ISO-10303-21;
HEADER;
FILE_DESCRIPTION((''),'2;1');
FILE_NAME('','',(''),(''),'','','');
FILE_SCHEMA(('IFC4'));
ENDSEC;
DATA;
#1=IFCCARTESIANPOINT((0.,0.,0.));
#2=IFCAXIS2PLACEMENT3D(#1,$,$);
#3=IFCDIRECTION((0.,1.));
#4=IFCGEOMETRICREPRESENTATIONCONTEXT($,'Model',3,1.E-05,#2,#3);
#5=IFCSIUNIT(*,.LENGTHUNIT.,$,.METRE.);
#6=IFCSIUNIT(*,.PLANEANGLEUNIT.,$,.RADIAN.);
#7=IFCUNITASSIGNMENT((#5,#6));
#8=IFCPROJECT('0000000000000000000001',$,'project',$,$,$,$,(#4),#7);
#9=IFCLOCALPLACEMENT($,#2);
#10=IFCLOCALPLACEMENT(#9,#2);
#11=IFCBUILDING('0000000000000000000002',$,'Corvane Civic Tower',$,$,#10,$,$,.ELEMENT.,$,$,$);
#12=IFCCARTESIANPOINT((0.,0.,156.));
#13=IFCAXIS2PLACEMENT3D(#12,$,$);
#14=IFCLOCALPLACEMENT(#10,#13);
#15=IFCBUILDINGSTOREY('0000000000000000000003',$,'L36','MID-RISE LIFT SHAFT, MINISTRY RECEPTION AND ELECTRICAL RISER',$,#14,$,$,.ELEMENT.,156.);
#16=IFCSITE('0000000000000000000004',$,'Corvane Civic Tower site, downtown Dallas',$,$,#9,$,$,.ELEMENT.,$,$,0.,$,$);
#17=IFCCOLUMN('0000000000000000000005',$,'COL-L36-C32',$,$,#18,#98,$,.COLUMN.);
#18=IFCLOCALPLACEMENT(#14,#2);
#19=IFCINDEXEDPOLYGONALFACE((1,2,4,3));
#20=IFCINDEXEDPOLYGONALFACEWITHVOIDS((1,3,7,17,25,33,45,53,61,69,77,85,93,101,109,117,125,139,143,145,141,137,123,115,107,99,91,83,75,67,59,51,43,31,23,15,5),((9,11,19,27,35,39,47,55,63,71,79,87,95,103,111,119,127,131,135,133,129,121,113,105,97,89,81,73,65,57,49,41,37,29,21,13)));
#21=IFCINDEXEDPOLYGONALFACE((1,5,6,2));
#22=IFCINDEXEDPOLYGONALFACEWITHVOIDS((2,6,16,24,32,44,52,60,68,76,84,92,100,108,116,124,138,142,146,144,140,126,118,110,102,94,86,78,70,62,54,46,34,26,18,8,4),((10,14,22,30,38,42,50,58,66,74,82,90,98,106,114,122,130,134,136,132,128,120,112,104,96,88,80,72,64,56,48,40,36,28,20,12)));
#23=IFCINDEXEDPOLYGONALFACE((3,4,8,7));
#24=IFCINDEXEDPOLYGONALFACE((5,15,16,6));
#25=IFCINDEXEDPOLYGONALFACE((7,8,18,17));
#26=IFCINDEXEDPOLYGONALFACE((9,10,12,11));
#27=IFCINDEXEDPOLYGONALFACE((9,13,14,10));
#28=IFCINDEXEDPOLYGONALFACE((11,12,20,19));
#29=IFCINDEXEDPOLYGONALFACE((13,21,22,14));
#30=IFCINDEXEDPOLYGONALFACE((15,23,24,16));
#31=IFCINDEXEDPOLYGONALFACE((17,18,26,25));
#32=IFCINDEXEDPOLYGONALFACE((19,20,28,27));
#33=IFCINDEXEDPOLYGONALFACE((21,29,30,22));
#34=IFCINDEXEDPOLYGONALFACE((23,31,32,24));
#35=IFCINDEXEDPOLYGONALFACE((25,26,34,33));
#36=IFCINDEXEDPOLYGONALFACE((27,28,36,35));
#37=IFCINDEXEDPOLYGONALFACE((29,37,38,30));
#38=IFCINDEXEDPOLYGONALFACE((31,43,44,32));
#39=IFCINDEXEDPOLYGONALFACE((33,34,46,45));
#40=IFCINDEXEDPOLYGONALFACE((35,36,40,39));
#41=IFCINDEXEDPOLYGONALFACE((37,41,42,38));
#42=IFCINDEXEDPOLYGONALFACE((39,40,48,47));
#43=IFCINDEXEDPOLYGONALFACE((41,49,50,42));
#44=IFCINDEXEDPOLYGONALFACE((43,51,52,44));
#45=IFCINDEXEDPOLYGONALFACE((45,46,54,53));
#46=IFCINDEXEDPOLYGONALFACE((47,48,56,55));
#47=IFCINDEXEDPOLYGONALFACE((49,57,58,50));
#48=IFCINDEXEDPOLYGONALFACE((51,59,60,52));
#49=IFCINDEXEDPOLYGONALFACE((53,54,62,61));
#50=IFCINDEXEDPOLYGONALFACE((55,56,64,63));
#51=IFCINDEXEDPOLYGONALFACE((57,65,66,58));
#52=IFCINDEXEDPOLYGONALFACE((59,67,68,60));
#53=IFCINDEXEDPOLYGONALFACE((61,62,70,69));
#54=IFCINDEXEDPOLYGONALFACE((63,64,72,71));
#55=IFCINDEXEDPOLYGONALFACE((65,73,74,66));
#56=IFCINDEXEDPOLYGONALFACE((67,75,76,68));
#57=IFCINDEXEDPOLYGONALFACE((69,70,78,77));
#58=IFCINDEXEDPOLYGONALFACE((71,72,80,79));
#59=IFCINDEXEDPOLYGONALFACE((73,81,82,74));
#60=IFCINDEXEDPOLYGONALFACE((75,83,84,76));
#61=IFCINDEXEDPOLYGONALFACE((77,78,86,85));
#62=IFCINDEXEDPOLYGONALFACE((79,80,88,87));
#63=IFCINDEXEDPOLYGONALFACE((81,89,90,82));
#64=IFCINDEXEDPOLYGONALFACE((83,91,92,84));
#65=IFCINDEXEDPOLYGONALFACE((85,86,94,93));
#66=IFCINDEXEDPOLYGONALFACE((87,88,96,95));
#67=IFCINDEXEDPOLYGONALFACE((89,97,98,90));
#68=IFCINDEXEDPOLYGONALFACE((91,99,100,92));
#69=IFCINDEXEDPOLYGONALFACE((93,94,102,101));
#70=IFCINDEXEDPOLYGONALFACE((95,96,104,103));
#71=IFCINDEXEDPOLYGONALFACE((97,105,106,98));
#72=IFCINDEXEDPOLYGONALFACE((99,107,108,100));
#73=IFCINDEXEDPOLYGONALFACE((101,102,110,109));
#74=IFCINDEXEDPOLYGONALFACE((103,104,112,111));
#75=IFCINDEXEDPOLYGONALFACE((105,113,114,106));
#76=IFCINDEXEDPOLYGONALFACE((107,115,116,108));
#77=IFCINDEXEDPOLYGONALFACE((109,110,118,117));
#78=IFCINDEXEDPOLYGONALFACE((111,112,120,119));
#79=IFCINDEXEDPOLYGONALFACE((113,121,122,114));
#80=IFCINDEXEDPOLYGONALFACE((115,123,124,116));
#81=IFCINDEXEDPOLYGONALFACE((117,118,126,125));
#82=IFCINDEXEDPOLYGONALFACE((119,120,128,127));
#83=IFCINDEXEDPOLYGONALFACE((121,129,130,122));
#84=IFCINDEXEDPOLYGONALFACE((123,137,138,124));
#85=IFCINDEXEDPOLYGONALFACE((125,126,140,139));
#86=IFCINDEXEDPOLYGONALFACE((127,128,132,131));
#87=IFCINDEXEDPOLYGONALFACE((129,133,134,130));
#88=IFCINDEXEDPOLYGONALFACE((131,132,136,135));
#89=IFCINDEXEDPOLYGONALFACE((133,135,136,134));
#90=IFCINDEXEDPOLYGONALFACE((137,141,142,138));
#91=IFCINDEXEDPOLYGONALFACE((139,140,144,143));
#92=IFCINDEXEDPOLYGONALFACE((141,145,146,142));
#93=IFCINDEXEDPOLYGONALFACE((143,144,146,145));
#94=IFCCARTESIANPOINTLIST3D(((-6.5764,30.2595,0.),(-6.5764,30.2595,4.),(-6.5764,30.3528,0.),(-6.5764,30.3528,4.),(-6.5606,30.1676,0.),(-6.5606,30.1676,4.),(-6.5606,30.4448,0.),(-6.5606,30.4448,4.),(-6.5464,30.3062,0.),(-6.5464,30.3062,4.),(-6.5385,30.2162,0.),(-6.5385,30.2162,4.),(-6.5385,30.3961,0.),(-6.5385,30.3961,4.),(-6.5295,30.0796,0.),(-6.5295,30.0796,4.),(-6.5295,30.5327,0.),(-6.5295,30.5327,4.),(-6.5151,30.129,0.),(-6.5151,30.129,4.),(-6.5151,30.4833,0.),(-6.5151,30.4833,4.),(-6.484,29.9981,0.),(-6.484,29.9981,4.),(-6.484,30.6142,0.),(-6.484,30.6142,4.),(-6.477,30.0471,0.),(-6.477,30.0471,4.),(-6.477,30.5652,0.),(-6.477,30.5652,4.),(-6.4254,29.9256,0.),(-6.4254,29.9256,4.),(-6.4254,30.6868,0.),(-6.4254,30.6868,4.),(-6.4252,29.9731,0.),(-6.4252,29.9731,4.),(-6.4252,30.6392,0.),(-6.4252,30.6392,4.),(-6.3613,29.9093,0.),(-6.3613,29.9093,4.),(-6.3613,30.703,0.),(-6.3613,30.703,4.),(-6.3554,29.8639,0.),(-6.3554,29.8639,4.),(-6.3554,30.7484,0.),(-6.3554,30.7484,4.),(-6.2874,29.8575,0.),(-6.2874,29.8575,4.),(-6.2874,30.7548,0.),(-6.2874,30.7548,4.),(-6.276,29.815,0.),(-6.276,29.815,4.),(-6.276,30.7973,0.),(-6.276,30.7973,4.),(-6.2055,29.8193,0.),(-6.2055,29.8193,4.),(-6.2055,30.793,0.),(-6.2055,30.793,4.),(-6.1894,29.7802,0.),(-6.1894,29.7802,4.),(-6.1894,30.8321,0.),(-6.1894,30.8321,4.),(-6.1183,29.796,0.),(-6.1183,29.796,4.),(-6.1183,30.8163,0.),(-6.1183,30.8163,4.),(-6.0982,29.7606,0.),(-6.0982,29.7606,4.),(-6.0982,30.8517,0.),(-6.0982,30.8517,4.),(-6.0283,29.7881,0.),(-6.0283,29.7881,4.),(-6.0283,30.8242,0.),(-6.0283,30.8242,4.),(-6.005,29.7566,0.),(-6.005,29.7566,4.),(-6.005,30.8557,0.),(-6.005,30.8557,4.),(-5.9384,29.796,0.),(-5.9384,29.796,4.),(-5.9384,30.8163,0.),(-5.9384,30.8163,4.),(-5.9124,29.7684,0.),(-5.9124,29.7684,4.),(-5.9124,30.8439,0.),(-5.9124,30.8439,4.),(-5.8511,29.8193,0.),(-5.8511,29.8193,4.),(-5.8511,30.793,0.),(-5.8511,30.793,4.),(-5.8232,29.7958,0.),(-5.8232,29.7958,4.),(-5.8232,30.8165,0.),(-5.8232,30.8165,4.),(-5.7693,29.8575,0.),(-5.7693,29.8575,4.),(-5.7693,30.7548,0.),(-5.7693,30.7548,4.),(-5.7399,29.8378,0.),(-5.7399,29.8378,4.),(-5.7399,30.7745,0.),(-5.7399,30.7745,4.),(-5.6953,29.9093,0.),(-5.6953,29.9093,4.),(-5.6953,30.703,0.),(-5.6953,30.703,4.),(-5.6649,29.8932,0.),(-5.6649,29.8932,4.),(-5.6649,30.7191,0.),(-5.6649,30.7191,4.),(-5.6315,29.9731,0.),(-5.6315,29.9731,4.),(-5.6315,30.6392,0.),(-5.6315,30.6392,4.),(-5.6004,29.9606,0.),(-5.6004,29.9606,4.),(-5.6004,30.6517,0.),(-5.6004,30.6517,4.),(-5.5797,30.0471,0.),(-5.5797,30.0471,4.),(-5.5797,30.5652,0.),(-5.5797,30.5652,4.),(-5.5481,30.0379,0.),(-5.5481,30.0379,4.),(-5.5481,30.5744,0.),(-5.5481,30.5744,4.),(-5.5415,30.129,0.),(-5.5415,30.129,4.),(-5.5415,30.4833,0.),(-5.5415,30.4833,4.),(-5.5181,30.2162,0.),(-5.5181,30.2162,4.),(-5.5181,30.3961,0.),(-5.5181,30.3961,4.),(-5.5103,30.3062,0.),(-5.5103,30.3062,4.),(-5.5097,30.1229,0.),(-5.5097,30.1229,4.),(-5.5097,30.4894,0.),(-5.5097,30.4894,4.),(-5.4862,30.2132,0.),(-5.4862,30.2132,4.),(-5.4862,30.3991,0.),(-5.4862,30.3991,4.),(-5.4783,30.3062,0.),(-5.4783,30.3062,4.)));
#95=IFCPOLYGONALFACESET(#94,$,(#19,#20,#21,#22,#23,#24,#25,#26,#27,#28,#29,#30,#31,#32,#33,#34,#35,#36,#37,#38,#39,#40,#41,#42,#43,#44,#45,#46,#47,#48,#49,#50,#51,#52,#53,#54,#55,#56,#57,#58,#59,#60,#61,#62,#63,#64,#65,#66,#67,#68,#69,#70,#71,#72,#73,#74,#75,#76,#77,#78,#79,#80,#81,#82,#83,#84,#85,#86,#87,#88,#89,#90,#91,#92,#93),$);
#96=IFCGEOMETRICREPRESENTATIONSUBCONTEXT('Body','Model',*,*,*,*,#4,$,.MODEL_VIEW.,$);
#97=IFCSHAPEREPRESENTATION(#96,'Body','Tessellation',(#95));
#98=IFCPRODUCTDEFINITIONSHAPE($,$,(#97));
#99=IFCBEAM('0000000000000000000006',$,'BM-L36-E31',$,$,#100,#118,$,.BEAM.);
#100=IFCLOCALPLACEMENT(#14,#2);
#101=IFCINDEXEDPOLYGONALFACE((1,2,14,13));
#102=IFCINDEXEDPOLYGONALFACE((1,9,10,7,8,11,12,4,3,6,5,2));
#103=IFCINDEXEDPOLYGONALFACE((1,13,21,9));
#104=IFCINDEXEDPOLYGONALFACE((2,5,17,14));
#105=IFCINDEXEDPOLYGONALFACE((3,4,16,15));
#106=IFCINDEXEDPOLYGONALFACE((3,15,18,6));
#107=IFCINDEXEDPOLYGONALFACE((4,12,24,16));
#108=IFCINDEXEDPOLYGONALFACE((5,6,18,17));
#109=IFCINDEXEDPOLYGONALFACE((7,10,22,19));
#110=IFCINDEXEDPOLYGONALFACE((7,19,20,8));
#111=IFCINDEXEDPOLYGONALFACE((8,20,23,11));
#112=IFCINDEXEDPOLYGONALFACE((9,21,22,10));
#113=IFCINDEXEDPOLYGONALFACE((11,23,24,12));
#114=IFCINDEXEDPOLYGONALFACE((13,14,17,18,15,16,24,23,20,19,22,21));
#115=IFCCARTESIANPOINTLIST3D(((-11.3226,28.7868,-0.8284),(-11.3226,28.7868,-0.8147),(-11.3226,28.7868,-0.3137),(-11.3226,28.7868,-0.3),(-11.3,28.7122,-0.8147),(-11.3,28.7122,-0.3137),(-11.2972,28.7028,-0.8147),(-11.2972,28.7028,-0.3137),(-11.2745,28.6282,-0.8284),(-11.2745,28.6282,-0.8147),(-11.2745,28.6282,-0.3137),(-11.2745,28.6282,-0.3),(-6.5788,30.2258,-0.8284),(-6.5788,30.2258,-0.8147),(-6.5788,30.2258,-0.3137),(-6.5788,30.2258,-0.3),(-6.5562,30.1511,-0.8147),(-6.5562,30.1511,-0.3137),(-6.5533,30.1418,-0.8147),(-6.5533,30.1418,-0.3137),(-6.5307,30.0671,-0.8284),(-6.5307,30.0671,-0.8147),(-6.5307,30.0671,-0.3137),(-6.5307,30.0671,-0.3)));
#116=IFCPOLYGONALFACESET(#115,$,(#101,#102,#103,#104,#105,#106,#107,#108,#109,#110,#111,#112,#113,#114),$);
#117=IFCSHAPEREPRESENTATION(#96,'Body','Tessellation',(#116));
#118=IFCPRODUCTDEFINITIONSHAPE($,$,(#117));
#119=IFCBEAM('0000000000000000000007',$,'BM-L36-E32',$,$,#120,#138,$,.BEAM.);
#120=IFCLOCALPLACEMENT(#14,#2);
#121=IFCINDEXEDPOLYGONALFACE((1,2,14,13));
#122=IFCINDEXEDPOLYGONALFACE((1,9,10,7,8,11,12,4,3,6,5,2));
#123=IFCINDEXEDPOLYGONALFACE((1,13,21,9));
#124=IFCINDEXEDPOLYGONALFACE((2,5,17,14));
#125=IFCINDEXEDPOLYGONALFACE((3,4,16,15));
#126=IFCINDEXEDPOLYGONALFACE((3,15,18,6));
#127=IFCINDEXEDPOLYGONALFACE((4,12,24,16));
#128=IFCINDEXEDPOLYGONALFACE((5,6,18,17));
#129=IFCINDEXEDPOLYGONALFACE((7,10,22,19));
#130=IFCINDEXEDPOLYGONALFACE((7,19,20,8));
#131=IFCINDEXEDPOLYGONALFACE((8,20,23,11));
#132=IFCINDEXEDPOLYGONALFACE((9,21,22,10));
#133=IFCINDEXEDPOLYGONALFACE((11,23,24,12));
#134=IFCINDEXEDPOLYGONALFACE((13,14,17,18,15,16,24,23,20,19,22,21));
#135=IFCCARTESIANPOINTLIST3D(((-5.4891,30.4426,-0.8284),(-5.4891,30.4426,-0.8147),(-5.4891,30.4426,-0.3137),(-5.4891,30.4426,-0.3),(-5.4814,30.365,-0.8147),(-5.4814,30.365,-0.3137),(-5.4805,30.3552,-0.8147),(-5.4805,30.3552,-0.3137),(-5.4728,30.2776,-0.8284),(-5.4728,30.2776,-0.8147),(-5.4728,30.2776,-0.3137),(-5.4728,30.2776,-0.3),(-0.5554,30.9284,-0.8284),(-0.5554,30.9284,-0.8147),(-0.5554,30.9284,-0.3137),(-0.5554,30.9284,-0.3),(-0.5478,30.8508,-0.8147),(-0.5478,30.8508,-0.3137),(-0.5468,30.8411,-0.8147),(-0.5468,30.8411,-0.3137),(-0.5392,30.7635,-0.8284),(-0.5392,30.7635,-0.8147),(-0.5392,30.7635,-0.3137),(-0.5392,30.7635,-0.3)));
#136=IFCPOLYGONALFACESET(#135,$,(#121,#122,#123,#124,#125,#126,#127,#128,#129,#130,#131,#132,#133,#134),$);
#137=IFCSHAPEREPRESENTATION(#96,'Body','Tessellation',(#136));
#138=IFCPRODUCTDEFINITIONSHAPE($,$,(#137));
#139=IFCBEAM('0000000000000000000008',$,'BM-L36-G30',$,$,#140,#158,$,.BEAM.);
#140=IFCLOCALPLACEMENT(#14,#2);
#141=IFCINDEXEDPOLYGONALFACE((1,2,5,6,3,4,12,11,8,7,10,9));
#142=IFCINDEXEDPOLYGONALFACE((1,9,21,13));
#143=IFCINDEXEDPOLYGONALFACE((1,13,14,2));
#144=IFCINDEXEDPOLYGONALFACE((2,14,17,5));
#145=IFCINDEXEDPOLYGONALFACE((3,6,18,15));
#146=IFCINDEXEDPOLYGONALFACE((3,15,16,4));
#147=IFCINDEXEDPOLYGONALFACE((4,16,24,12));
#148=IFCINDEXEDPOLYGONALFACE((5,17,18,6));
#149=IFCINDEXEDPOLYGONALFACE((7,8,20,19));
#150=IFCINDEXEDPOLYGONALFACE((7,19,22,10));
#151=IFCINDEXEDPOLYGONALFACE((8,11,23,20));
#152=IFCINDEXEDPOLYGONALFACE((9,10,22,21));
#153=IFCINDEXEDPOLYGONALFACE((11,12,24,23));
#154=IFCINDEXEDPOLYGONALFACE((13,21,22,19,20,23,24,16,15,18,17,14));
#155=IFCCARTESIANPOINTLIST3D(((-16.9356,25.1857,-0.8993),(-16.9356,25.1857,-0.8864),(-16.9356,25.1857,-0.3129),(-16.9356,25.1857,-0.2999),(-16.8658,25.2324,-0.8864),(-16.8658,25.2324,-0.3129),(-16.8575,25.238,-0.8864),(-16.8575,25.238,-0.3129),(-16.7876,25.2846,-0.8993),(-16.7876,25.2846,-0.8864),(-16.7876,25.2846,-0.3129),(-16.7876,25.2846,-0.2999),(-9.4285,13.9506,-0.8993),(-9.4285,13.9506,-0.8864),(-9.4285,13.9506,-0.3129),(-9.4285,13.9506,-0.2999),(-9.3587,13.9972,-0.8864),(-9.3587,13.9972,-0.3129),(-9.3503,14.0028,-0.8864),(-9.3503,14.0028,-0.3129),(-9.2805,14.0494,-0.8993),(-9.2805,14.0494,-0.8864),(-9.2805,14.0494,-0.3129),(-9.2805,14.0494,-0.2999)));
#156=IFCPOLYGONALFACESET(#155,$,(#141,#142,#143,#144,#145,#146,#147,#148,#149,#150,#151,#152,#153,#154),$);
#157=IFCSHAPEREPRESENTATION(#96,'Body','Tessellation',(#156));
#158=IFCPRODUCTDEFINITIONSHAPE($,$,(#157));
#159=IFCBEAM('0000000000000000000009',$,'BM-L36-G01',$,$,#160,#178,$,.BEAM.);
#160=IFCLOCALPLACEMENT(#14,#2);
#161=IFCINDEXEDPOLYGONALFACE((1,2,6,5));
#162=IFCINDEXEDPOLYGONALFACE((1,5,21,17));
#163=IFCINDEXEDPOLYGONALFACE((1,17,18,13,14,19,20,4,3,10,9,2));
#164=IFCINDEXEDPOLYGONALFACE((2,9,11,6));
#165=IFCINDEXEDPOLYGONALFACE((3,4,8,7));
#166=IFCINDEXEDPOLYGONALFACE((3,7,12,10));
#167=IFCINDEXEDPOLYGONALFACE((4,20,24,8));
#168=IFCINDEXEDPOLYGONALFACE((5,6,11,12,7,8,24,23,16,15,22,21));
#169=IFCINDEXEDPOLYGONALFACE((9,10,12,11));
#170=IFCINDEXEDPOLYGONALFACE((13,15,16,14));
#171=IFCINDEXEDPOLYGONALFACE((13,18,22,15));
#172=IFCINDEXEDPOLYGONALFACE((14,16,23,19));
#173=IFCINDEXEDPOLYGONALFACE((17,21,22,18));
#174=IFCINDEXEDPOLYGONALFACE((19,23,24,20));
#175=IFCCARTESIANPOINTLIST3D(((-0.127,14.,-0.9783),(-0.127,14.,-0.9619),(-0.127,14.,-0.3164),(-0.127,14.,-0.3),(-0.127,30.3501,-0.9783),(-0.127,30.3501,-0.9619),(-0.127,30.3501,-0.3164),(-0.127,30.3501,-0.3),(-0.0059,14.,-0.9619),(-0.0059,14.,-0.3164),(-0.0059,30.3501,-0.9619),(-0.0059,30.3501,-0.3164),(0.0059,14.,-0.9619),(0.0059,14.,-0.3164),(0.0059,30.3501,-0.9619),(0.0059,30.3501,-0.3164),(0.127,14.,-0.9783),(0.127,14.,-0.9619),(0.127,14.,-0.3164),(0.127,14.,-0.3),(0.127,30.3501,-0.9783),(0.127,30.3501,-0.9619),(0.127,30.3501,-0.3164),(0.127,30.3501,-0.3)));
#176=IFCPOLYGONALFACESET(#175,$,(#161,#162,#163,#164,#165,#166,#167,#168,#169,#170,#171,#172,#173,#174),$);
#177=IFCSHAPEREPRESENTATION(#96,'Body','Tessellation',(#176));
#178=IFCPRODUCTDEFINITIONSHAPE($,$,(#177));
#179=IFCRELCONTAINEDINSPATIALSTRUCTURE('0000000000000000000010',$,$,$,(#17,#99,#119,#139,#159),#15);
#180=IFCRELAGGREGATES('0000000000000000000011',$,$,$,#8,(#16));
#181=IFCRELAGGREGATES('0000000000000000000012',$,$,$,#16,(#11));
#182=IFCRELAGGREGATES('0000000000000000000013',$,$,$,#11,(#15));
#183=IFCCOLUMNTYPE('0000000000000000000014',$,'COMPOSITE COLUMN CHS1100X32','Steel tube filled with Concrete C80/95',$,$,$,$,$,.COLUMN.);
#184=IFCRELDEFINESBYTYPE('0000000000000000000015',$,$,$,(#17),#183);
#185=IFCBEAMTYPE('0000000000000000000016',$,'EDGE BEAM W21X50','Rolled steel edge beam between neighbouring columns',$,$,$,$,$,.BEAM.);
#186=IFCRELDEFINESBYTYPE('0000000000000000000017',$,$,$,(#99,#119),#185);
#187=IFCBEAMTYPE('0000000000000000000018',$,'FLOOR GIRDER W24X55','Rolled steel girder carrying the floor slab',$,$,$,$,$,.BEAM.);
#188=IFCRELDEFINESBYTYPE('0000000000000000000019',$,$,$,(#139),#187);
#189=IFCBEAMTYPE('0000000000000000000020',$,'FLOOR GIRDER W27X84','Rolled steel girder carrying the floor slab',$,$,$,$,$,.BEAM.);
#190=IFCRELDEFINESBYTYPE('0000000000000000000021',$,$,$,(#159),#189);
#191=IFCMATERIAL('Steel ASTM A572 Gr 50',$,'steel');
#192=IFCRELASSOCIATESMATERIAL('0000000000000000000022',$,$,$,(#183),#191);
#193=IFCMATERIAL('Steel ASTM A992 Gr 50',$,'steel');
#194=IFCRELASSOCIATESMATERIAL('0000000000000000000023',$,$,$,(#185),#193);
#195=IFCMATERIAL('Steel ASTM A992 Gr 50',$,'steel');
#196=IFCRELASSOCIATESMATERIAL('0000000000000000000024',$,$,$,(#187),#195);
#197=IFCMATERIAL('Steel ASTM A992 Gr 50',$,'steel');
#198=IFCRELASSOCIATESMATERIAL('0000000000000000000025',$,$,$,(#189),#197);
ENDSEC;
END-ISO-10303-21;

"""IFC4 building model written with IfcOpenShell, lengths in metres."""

from ifc_helpers import new_model, si_unit, direction, frame, origin, origin_2d, place, context, subcontext, project, spatial, hollow_circle, i_section, extrude, material, material_profile, profile_set, type_object, element, save


model = new_model("IFC4")

# Units and contexts
model_context = context("Model", 3, precision=1e-05, world=origin(), true_north=direction((0.0, 1.0)))
body_context = subcontext(model_context, "Body", "Model", "MODEL_VIEW")
ifc_project = project(units=[si_unit("LENGTHUNIT", "METRE"), si_unit("PLANEANGLEUNIT", "RADIAN")], contexts=[model_context])

# Site, building, storey
site_placement = place(None, origin())
site = spatial("IfcSite", under=ifc_project, at=site_placement, Name="Corvane Civic Tower site, downtown Dallas", CompositionType="ELEMENT", RefElevation=0.0)
building_placement = place(site_placement, origin())
building = spatial("IfcBuilding", under=site, at=building_placement, Name="Corvane Civic Tower", CompositionType="ELEMENT")
storey_placement = place(building_placement, frame((0.0, 0.0, 156.0)))
storey = spatial("IfcBuildingStorey", under=building, at=storey_placement, Name="L36", Description="MID-RISE LIFT SHAFT, MINISTRY RECEPTION AND ELECTRICAL RISER", CompositionType="ELEMENT", Elevation=156.0)

# Column
ifc_material_1 = material(Name="Steel ASTM A572 Gr 50", Category="steel")
ifc_material_profile_1 = material_profile(ifc_material_1, hollow_circle(Radius=0.55, WallThickness=0.032, at=origin_2d()), Name="CHS1100X32")
ifc_profile_set_1 = profile_set([ifc_material_profile_1], Name="Steel ASTM A572 Gr 50")
column_type = type_object("IfcColumnType", Name="COMPOSITE COLUMN CHS1100X32", Description="Steel tube filled with Concrete C80/95", PredefinedType="COLUMN", material=ifc_profile_set_1)
for number, where, z_axis, x_axis, name in (
    (1, (-6.0283, 30.3062, 0.0), (0.0, 0.0, 1.0), (1.0, 0.0, 0.0), "COL-L36-C32"),
):
    element("IfcColumn", number, at=place(storey_placement, frame(where, z_axis=z_axis, x_axis=x_axis)), inside=storey, type_object=column_type, Name=name, PredefinedType="COLUMN", context=body_context, shape_type="SweptSolid", body=[
        extrude(hollow_circle(Radius=0.55, WallThickness=0.032, at=origin_2d()), origin(), (0.0, 0.0, 1.0), 4.0),
    ])

# Beams
ifc_material_2 = material(Name="Steel ASTM A992 Gr 50", Category="steel")
ifc_material_profile_2 = material_profile(ifc_material_2, i_section(OverallWidth=0.1658, OverallDepth=0.5283, WebThickness=0.0098, FlangeThickness=0.0137, at=origin_2d()), Name="W21X50")
ifc_profile_set_2 = profile_set([ifc_material_profile_2], Name="Steel ASTM A992 Gr 50")
beam_type_1 = type_object("IfcBeamType", Name="EDGE BEAM W21X50", Description="Rolled steel edge beam between neighbouring columns", PredefinedType="BEAM", material=ifc_profile_set_2)
beam_1_placement = place(storey_placement, frame((-11.2986, 28.7075, -0.5642), z_axis=(0.956945, 0.29027, 0.0), x_axis=(-0.29027, 0.956945, 0.0)))
element("IfcBeam", 2, at=beam_1_placement, inside=storey, type_object=beam_type_1, Name="BM-L36-E31", PredefinedType="BEAM", context=body_context, shape_type="SweptSolid", body=[
    extrude(i_section(OverallWidth=0.1658, OverallDepth=0.5283, WebThickness=0.0098, FlangeThickness=0.0137, at=origin_2d()), origin(), (0.0, 0.0, 1.0), 4.9573),
])
beam_2_placement = place(storey_placement, frame((-5.481, 30.3601, -0.5642), z_axis=(0.995186, 0.098002, 0.0), x_axis=(-0.098002, 0.995186, 0.0)))
element("IfcBeam", 3, at=beam_2_placement, inside=storey, type_object=beam_type_1, Name="BM-L36-E32", PredefinedType="BEAM", context=body_context, shape_type="SweptSolid", body=[
    extrude(i_section(OverallWidth=0.1658, OverallDepth=0.5283, WebThickness=0.0098, FlangeThickness=0.0137, at=origin_2d()), origin(), (0.0, 0.0, 1.0), 4.9575),
])
ifc_material_3 = material(Name="Steel ASTM A992 Gr 50", Category="steel")
ifc_material_profile_3 = material_profile(ifc_material_3, i_section(OverallWidth=0.178, OverallDepth=0.5994, WebThickness=0.01, FlangeThickness=0.0129, at=origin_2d()), Name="W24X55")
ifc_profile_set_3 = profile_set([ifc_material_profile_3], Name="Steel ASTM A992 Gr 50")
beam_type_2 = type_object("IfcBeamType", Name="FLOOR GIRDER W24X55", Description="Rolled steel girder carrying the floor slab", PredefinedType="BEAM", material=ifc_profile_set_3)
beam_3_placement = place(storey_placement, frame((-9.3545, 14.0, -0.5996), z_axis=(-0.555571, 0.831469, 0.0), x_axis=(-0.831469, -0.555571, 0.0)))
element("IfcBeam", 4, at=beam_3_placement, inside=storey, type_object=beam_type_2, Name="BM-L36-G30", PredefinedType="BEAM", context=body_context, shape_type="SweptSolid", body=[
    extrude(i_section(OverallWidth=0.178, OverallDepth=0.5994, WebThickness=0.01, FlangeThickness=0.0129, at=origin_2d()), origin(), (0.0, 0.0, 1.0), 13.5125),
])
ifc_material_4 = material(Name="Steel ASTM A992 Gr 50", Category="steel")
ifc_material_profile_4 = material_profile(ifc_material_4, i_section(OverallWidth=0.2539, OverallDepth=0.6782, WebThickness=0.0117, FlangeThickness=0.0164, at=origin_2d()), Name="W27X84")
ifc_profile_set_4 = profile_set([ifc_material_profile_4], Name="Steel ASTM A992 Gr 50")
beam_type_3 = type_object("IfcBeamType", Name="FLOOR GIRDER W27X84", Description="Rolled steel girder carrying the floor slab", PredefinedType="BEAM", material=ifc_profile_set_4)
beam_4_placement = place(storey_placement, frame((0.0, 14.0, -0.6392), z_axis=(0.0, 1.0, 0.0), x_axis=(-1.0, 0.0, 0.0)))
element("IfcBeam", 5, at=beam_4_placement, inside=storey, type_object=beam_type_3, Name="BM-L36-G01", PredefinedType="BEAM", context=body_context, shape_type="SweptSolid", body=[
    extrude(i_section(OverallWidth=0.2539, OverallDepth=0.6782, WebThickness=0.0117, FlangeThickness=0.0164, at=origin_2d()), origin(), (0.0, 0.0, 1.0), 16.3501),
])

save(model, "model.ifc")
